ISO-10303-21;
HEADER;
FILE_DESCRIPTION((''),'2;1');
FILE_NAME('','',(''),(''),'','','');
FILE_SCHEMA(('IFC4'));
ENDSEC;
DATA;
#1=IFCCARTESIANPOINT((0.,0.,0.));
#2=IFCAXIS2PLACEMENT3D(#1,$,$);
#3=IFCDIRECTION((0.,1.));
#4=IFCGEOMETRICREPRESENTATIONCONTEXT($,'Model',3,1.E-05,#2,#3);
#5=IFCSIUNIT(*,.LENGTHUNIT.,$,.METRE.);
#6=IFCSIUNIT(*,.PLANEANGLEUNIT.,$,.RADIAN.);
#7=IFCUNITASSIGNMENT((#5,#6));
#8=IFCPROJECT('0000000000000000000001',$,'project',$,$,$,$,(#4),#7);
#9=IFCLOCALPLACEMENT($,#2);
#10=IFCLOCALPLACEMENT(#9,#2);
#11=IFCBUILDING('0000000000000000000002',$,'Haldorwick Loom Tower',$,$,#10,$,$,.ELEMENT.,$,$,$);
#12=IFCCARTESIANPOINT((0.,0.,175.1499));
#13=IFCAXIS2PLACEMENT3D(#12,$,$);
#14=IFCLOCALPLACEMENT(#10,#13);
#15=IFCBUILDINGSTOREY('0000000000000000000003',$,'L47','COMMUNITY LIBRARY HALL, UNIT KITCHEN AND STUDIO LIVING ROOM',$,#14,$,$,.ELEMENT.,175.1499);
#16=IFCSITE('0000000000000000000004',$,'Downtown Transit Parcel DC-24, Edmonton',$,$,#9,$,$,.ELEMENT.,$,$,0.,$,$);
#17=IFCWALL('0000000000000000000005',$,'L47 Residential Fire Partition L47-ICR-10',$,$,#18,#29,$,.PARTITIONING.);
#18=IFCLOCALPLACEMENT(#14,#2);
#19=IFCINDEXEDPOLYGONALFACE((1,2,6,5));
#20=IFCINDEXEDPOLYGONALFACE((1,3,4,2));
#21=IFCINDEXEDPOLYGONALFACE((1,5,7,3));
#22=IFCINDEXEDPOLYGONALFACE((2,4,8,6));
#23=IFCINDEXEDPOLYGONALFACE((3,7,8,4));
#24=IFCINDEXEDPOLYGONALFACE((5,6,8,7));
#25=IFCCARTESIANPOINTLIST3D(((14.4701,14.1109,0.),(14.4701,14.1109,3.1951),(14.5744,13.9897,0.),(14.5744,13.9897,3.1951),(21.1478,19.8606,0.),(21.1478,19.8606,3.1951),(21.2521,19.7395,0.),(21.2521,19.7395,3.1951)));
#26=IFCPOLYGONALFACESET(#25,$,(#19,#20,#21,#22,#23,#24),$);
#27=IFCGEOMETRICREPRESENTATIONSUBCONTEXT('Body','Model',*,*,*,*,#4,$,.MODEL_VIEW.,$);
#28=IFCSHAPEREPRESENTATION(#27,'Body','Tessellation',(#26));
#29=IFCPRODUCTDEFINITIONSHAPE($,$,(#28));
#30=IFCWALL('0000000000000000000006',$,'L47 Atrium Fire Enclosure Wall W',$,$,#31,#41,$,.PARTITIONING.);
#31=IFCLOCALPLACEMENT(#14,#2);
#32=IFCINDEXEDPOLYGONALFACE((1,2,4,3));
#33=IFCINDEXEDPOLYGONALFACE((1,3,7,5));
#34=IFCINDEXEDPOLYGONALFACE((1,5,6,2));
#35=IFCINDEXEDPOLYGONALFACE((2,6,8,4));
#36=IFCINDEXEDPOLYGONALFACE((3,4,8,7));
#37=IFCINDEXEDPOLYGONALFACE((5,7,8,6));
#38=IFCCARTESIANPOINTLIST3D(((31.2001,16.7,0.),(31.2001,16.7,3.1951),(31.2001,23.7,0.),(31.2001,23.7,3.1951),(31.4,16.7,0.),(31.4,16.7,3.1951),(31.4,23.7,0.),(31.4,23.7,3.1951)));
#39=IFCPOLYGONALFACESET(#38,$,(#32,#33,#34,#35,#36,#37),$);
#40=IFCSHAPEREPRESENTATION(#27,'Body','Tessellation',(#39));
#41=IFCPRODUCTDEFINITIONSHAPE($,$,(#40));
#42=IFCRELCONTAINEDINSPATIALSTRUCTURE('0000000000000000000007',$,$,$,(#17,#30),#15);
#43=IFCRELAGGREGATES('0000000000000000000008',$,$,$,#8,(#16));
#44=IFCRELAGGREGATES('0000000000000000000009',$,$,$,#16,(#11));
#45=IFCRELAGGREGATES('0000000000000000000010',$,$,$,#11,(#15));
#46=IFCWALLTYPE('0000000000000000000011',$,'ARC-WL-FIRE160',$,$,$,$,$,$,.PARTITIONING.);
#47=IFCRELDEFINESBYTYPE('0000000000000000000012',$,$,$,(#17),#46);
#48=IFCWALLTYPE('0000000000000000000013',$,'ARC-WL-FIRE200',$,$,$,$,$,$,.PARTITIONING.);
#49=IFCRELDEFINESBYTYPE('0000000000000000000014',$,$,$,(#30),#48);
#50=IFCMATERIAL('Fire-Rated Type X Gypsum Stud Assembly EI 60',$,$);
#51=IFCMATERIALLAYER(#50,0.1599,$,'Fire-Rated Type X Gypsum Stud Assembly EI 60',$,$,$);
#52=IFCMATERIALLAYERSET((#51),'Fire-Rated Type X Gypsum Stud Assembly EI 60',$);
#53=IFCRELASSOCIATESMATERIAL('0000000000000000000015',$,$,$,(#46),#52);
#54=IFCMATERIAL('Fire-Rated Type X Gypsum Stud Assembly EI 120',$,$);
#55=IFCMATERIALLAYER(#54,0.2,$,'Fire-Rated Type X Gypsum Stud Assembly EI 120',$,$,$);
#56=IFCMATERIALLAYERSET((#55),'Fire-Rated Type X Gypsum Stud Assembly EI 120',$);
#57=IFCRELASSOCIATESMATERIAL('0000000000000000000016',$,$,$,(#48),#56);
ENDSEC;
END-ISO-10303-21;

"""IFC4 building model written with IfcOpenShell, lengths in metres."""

from ifc_helpers import new_model, si_unit, direction, frame, frame_2d, origin, place, context, subcontext, project, spatial, rectangle, extrude, material, layer, layer_set, type_object, element, save


model = new_model("IFC4")

# Units and contexts
model_context = context("Model", 3, precision=1e-05, world=origin(), true_north=direction((0.0, 1.0)))
body_context = subcontext(model_context, "Body", "Model", "MODEL_VIEW")
ifc_project = project(units=[si_unit("LENGTHUNIT", "METRE"), si_unit("PLANEANGLEUNIT", "RADIAN")], contexts=[model_context])

# Site, building, storey
site_placement = place(None, origin())
site = spatial("IfcSite", under=ifc_project, at=site_placement, Name="Downtown Transit Parcel DC-24, Edmonton", CompositionType="ELEMENT", RefElevation=0.0)
building_placement = place(site_placement, origin())
building = spatial("IfcBuilding", under=site, at=building_placement, Name="Haldorwick Loom Tower", CompositionType="ELEMENT")
storey_placement = place(building_placement, frame((0.0, 0.0, 175.1499)))
storey = spatial("IfcBuildingStorey", under=building, at=storey_placement, Name="L47", Description="COMMUNITY LIBRARY HALL, UNIT KITCHEN AND STUDIO LIVING ROOM", CompositionType="ELEMENT", Elevation=175.1499)

# Walls
ifc_material_1 = material(Name="Fire-Rated Type X Gypsum Stud Assembly EI 60")
ifc_layer_1 = layer(ifc_material_1, 0.1599, Name="Fire-Rated Type X Gypsum Stud Assembly EI 60")
ifc_layer_set_1 = layer_set([ifc_layer_1], Name="Fire-Rated Type X Gypsum Stud Assembly EI 60")
wall_type_1 = type_object("IfcWallType", Name="ARC-WL-FIRE160", PredefinedType="PARTITIONING", material=ifc_layer_set_1)
wall_1_placement = place(storey_placement, frame((21.2, 19.8, 0.0), z_axis=(0.0, 0.0, 1.0), x_axis=(-0.757798, -0.65249, 0.0)))
element("IfcWall", 1, at=wall_1_placement, inside=storey, type_object=wall_type_1, Name="L47 Residential Fire Partition L47-ICR-10", PredefinedType="PARTITIONING", context=body_context, shape_type="SweptSolid", body=[
    extrude(rectangle(XDim=8.812, YDim=0.1599, at=frame_2d((4.406, 0.0))), origin(), (0.0, 0.0, 1.0), 3.1951),
])
ifc_material_2 = material(Name="Fire-Rated Type X Gypsum Stud Assembly EI 120")
ifc_layer_2 = layer(ifc_material_2, 0.2, Name="Fire-Rated Type X Gypsum Stud Assembly EI 120")
ifc_layer_set_2 = layer_set([ifc_layer_2], Name="Fire-Rated Type X Gypsum Stud Assembly EI 120")
wall_type_2 = type_object("IfcWallType", Name="ARC-WL-FIRE200", PredefinedType="PARTITIONING", material=ifc_layer_set_2)
wall_2_placement = place(storey_placement, frame((31.3, 16.7, 0.0), z_axis=(0.0, 0.0, 1.0), x_axis=(0.0, 1.0, 0.0)))
element("IfcWall", 2, at=wall_2_placement, inside=storey, type_object=wall_type_2, Name="L47 Atrium Fire Enclosure Wall W", PredefinedType="PARTITIONING", context=body_context, shape_type="SweptSolid", body=[
    extrude(rectangle(XDim=7.0, YDim=0.2, at=frame_2d((3.5, 0.0))), origin(), (0.0, 0.0, 1.0), 3.1951),
])

save(model, "model.ifc")
